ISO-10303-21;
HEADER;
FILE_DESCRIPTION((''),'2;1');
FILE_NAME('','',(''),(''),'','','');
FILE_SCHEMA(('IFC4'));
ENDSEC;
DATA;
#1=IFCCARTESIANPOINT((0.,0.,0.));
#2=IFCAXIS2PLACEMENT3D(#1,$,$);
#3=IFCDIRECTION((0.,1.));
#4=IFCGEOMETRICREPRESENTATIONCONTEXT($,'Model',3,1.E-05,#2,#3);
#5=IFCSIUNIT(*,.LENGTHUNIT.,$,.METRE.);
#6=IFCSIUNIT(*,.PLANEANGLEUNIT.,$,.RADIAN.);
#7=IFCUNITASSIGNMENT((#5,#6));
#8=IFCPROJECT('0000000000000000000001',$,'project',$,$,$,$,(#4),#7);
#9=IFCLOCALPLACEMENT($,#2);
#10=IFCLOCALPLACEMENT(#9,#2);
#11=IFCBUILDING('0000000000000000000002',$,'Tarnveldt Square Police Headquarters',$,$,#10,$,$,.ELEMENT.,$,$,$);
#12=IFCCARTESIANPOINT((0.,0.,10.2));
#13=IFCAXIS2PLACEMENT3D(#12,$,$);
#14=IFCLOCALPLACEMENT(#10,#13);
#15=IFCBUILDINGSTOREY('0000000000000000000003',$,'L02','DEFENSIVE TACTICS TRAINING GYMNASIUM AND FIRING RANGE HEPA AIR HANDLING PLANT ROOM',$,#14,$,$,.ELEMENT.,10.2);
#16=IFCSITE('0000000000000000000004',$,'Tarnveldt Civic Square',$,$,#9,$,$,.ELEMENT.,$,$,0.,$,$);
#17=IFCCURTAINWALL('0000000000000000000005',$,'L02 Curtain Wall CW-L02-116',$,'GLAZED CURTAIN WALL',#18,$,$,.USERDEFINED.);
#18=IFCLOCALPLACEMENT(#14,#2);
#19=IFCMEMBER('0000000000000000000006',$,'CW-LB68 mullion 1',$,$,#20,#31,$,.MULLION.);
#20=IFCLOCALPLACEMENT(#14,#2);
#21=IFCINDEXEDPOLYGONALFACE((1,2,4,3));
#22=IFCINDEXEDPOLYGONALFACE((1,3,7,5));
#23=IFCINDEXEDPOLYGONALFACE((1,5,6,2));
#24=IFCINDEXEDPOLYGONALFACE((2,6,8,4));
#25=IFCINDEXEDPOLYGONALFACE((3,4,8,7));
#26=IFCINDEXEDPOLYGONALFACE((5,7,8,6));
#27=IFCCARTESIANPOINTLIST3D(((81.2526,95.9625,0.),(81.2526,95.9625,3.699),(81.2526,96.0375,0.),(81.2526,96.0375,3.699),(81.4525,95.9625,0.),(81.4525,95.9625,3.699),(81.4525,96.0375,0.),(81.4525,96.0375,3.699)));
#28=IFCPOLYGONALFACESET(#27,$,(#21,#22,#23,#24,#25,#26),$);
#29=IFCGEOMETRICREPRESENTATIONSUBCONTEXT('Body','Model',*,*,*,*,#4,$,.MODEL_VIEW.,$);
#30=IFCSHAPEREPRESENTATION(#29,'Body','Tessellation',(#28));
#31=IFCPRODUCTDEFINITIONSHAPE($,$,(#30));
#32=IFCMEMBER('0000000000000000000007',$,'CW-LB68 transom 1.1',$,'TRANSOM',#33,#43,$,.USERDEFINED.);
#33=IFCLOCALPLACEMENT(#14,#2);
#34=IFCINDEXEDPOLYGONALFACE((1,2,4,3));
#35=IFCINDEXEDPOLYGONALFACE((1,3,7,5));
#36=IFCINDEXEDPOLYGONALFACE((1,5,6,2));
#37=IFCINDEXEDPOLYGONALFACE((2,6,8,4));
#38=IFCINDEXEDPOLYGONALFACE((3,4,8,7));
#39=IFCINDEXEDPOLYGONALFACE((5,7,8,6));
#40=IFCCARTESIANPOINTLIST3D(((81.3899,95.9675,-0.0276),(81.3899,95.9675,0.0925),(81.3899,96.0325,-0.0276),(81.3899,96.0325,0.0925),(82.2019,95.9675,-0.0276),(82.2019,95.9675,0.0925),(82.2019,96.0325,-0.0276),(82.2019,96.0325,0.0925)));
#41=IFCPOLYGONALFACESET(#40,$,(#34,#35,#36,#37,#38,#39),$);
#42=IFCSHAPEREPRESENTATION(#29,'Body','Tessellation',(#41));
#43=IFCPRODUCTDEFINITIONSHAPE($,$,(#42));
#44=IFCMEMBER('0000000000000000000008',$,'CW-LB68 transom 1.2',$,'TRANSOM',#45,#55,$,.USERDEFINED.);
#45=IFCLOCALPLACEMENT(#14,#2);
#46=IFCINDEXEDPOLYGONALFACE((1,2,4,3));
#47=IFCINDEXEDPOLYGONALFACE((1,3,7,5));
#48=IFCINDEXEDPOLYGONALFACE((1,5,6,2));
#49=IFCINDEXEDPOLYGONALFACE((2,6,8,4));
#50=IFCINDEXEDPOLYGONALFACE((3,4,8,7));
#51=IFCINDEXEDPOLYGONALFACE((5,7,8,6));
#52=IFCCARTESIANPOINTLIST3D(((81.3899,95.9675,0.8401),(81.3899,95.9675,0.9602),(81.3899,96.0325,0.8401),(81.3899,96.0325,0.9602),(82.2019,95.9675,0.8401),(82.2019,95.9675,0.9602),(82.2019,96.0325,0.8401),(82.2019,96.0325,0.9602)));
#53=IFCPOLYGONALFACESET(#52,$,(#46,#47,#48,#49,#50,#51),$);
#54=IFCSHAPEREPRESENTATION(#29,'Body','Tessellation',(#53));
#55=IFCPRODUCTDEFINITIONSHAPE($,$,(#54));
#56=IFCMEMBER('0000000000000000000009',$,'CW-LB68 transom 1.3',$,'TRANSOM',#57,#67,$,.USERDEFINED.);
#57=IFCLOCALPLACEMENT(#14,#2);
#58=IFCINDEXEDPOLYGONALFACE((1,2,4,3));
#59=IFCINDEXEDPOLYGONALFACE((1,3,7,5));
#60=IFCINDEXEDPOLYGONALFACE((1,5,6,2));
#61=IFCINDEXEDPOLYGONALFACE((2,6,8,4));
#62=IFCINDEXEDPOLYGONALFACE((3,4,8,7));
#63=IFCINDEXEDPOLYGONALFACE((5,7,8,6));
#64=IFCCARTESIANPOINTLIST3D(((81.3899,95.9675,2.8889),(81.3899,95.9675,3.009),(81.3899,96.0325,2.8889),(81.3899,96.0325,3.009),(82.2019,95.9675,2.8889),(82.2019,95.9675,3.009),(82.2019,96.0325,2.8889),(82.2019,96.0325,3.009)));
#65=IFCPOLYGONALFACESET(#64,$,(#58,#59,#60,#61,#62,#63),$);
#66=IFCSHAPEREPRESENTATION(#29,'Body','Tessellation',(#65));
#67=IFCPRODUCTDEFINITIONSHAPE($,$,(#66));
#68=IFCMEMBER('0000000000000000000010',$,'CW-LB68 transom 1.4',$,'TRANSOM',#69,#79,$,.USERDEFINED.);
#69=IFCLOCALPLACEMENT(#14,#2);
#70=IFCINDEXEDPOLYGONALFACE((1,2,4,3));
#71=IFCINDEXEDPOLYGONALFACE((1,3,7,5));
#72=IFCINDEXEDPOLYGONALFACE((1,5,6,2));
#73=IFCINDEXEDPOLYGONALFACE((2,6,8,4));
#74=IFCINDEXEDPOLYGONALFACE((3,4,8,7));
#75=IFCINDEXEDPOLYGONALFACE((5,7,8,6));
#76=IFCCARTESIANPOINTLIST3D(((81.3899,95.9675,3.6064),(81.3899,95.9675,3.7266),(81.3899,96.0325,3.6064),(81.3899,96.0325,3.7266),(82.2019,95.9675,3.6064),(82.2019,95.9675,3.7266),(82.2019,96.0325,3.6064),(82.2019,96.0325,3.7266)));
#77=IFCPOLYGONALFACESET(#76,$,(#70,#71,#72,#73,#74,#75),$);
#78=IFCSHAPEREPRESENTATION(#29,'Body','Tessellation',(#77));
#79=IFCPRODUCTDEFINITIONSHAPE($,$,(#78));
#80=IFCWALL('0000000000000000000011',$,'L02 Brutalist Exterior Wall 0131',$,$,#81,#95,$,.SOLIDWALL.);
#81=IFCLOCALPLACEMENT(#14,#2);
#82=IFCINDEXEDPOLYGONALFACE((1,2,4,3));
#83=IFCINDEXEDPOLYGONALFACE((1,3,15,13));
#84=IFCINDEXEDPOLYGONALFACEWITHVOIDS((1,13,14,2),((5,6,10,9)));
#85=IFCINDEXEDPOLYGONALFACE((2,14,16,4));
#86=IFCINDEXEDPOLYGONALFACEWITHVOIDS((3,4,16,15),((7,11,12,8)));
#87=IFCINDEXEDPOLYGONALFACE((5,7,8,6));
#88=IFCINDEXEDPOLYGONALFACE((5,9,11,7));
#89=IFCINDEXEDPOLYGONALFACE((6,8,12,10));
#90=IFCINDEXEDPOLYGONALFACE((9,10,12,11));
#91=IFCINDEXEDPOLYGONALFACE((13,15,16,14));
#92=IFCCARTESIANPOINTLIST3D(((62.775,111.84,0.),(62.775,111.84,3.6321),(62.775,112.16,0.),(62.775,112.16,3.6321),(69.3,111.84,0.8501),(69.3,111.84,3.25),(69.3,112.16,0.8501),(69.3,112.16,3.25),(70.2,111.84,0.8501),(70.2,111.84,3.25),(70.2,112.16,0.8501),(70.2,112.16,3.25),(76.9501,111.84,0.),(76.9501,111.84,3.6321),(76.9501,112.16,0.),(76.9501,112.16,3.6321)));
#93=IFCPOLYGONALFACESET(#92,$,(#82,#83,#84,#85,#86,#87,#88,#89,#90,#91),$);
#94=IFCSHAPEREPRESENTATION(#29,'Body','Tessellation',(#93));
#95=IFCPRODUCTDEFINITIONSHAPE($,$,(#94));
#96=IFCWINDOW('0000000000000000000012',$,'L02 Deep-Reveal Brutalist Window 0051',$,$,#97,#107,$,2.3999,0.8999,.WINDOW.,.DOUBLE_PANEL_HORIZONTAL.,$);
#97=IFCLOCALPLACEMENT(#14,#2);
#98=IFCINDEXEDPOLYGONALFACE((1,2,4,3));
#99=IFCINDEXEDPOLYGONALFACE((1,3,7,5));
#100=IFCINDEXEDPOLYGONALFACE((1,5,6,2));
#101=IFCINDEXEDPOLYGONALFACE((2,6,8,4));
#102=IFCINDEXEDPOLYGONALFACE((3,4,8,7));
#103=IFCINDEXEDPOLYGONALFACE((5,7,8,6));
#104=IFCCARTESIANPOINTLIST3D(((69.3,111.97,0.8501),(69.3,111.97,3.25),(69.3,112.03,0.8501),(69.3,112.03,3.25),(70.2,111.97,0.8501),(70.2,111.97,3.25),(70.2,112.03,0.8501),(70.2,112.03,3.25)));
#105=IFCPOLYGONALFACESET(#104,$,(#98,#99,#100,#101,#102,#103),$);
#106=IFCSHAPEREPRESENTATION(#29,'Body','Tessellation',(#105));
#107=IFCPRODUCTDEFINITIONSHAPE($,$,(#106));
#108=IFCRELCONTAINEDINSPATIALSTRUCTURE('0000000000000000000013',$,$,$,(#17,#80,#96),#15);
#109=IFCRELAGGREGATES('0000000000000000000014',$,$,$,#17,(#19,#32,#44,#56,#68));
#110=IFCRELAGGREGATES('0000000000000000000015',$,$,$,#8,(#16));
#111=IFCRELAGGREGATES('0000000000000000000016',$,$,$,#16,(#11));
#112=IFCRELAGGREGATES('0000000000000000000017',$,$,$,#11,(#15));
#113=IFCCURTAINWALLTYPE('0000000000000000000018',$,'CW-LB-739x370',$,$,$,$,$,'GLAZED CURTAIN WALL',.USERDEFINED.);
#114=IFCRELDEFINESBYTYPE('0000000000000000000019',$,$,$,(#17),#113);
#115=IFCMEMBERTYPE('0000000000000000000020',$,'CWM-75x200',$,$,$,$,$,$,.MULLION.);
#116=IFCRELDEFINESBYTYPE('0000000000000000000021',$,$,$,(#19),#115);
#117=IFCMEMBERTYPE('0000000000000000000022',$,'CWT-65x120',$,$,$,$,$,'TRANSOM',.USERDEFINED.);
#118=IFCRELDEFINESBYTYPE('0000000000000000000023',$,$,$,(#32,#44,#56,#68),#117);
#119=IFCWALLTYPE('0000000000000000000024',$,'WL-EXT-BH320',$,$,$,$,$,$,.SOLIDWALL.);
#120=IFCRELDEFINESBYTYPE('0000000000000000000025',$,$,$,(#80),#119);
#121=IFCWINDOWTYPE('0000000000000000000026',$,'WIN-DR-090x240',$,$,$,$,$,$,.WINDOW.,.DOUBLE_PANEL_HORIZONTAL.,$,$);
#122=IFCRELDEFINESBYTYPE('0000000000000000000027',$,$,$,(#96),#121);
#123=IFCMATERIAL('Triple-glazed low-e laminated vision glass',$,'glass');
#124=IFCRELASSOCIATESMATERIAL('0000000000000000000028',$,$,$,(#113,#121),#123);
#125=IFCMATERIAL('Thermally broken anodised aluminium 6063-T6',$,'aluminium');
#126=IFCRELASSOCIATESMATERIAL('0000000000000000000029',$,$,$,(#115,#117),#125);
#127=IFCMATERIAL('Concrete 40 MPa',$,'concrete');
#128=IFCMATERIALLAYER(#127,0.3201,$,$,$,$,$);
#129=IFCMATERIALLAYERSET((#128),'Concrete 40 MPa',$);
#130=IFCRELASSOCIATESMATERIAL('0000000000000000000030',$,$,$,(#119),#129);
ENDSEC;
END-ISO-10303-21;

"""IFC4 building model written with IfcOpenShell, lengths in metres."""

from ifc_helpers import new_model, si_unit, direction, frame, frame_2d, origin, origin_2d, place, context, subcontext, project, spatial, rectangle, extrude, material, layer, layer_set, material_profile, profile_set, type_object, element, fill, aggregate, save


model = new_model("IFC4")

# Units and contexts
model_context = context("Model", 3, precision=1e-05, world=origin(), true_north=direction((0.0, 1.0)))
body_context = subcontext(model_context, "Body", "Model", "MODEL_VIEW")
ifc_project = project(units=[si_unit("LENGTHUNIT", "METRE"), si_unit("PLANEANGLEUNIT", "RADIAN")], contexts=[model_context])

# Site, building, storey
site_placement = place(None, origin())
site = spatial("IfcSite", under=ifc_project, at=site_placement, Name="Tarnveldt Civic Square", CompositionType="ELEMENT", RefElevation=0.0)
building_placement = place(site_placement, origin())
building = spatial("IfcBuilding", under=site, at=building_placement, Name="Tarnveldt Square Police Headquarters", CompositionType="ELEMENT")
storey_placement = place(building_placement, frame((0.0, 0.0, 10.2)))
storey = spatial("IfcBuildingStorey", under=building, at=storey_placement, Name="L02", Description="DEFENSIVE TACTICS TRAINING GYMNASIUM AND FIRING RANGE HEPA AIR HANDLING PLANT ROOM", CompositionType="ELEMENT", Elevation=10.2)

# Shared definitions
ifc_material_1 = material(Name="Concrete 40 MPa", Category="concrete")

# Curtain wall, members
ifc_material_2 = material(Name="Triple-glazed low-e laminated vision glass", Category="glass")
curtain_wall_type = type_object("IfcCurtainWallType", Name="CW-LB-739x370", ElementType="GLAZED CURTAIN WALL", PredefinedType="USERDEFINED", material=ifc_material_2)
curtain_wall_placement = place(storey_placement, origin())
curtain_wall = element("IfcCurtainWall", 1, at=curtain_wall_placement, inside=storey, type_object=curtain_wall_type, Name="L02 Curtain Wall CW-L02-116", ObjectType="GLAZED CURTAIN WALL", PredefinedType="USERDEFINED")
ifc_material_3 = material(Name="Thermally broken anodised aluminium 6063-T6", Category="aluminium")
ifc_material_profile_1 = material_profile(ifc_material_3, rectangle(XDim=0.075, YDim=0.2, at=origin_2d()), Name="CW-M75x200")
ifc_profile_set_1 = profile_set([ifc_material_profile_1], Name="Thermally broken anodised aluminium 6063-T6")
member_type_1 = type_object("IfcMemberType", Name="CWM-75x200", PredefinedType="MULLION", material=ifc_profile_set_1)
member_1_placement = place(storey_placement, frame((81.3525, 96.0, 0.0), z_axis=(0.0, 0.0, 1.0), x_axis=(0.0, 1.0, 0.0)))
member_1 = element("IfcMember", 2, at=member_1_placement, type_object=member_type_1, Name="CW-LB68 mullion 1", PredefinedType="MULLION", context=body_context, shape_type="SweptSolid", body=[
    extrude(rectangle(XDim=0.075, YDim=0.2, at=origin_2d()), origin(), (0.0, 0.0, 1.0), 3.699),
])
ifc_material_profile_2 = material_profile(ifc_material_3, rectangle(XDim=0.0649, YDim=0.1201, at=origin_2d()), Name="CW-T65x120")
ifc_profile_set_2 = profile_set([ifc_material_profile_2], Name="Thermally broken anodised aluminium 6063-T6")
member_type_2 = type_object("IfcMemberType", Name="CWT-65x120", ElementType="TRANSOM", PredefinedType="USERDEFINED", material=ifc_profile_set_2)
member_2_placement = place(storey_placement, frame((81.3899, 96.0, 0.0325), z_axis=(1.0, 0.0, 0.0), x_axis=(0.0, 1.0, 0.0)))
member_2 = element("IfcMember", 3, at=member_2_placement, type_object=member_type_2, Name="CW-LB68 transom 1.1", ObjectType="TRANSOM", PredefinedType="USERDEFINED", context=body_context, shape_type="SweptSolid", body=[
    extrude(rectangle(XDim=0.0649, YDim=0.1201, at=origin_2d()), origin(), (0.0, 0.0, 1.0), 0.812),
])
member_3_placement = place(storey_placement, frame((81.3899, 96.0, 0.9001), z_axis=(1.0, 0.0, 0.0), x_axis=(0.0, 1.0, 0.0)))
member_3 = element("IfcMember", 4, at=member_3_placement, type_object=member_type_2, Name="CW-LB68 transom 1.2", ObjectType="TRANSOM", PredefinedType="USERDEFINED", context=body_context, shape_type="SweptSolid", body=[
    extrude(rectangle(XDim=0.0649, YDim=0.1201, at=origin_2d()), origin(), (0.0, 0.0, 1.0), 0.812),
])
member_4_placement = place(storey_placement, frame((81.3899, 96.0, 2.949), z_axis=(1.0, 0.0, 0.0), x_axis=(0.0, 1.0, 0.0)))
member_4 = element("IfcMember", 5, at=member_4_placement, type_object=member_type_2, Name="CW-LB68 transom 1.3", ObjectType="TRANSOM", PredefinedType="USERDEFINED", context=body_context, shape_type="SweptSolid", body=[
    extrude(rectangle(XDim=0.0649, YDim=0.1201, at=origin_2d()), origin(), (0.0, 0.0, 1.0), 0.812),
])
member_5_placement = place(storey_placement, frame((81.3899, 96.0, 3.6665), z_axis=(1.0, 0.0, 0.0), x_axis=(0.0, 1.0, 0.0)))
member_5 = element("IfcMember", 6, at=member_5_placement, type_object=member_type_2, Name="CW-LB68 transom 1.4", ObjectType="TRANSOM", PredefinedType="USERDEFINED", context=body_context, shape_type="SweptSolid", body=[
    extrude(rectangle(XDim=0.0649, YDim=0.1201, at=origin_2d()), origin(), (0.0, 0.0, 1.0), 0.812),
])
aggregate(curtain_wall, [member_1, member_2, member_3, member_4, member_5])

# Wall, opening, window
ifc_layer = layer(ifc_material_1, 0.3201)
ifc_layer_set = layer_set([ifc_layer], Name="Concrete 40 MPa")
wall_type = type_object("IfcWallType", Name="WL-EXT-BH320", PredefinedType="SOLIDWALL", material=ifc_layer_set)
wall_placement = place(storey_placement, frame((76.95, 112.0, 0.0), z_axis=(0.0, 0.0, 1.0), x_axis=(-1.0, 0.0, 0.0)))
wall = element("IfcWall", 7, at=wall_placement, inside=storey, type_object=wall_type, Name="L02 Brutalist Exterior Wall 0131", PredefinedType="SOLIDWALL", context=body_context, shape_type="SweptSolid", body=[
    extrude(rectangle(XDim=14.175, YDim=0.3201, at=frame_2d((7.0874, 0.0))), origin(), (0.0, 0.0, 1.0), 3.6321),
])
opening_placement = place(wall_placement, frame((6.75, 0.0, 0.8501)))
opening = element("IfcOpeningElement", 8, at=opening_placement, cuts=wall, PredefinedType="OPENING", context=body_context, shape_type="SweptSolid", body=[
    extrude(rectangle(XDim=0.8999, YDim=2.3999, at=frame_2d((0.45, 1.2))), frame((0.0, 0.1699, 0.0), z_axis=(0.0, -1.0, 0.0), x_axis=(1.0, 0.0, 0.0)), (0.0, 0.0, 1.0), 0.3401),
])
window_type = type_object("IfcWindowType", Name="WIN-DR-090x240", PartitioningType="DOUBLE_PANEL_HORIZONTAL", PredefinedType="WINDOW", material=ifc_material_2)
window_placement = place(opening_placement, origin())
window = element("IfcWindow", 9, at=window_placement, inside=storey, type_object=window_type, Name="L02 Deep-Reveal Brutalist Window 0051", OverallHeight=2.3999, OverallWidth=0.8999, PartitioningType="DOUBLE_PANEL_HORIZONTAL", PredefinedType="WINDOW", context=body_context, shape_type="SweptSolid", body=[
    extrude(rectangle(XDim=0.8999, YDim=2.3999, at=frame_2d((0.45, 1.2))), frame((0.0, 0.03, 0.0), z_axis=(0.0, -1.0, 0.0), x_axis=(1.0, 0.0, 0.0)), (0.0, 0.0, 1.0), 0.0601),
])
fill(opening, window)

save(model, "model.ifc")
